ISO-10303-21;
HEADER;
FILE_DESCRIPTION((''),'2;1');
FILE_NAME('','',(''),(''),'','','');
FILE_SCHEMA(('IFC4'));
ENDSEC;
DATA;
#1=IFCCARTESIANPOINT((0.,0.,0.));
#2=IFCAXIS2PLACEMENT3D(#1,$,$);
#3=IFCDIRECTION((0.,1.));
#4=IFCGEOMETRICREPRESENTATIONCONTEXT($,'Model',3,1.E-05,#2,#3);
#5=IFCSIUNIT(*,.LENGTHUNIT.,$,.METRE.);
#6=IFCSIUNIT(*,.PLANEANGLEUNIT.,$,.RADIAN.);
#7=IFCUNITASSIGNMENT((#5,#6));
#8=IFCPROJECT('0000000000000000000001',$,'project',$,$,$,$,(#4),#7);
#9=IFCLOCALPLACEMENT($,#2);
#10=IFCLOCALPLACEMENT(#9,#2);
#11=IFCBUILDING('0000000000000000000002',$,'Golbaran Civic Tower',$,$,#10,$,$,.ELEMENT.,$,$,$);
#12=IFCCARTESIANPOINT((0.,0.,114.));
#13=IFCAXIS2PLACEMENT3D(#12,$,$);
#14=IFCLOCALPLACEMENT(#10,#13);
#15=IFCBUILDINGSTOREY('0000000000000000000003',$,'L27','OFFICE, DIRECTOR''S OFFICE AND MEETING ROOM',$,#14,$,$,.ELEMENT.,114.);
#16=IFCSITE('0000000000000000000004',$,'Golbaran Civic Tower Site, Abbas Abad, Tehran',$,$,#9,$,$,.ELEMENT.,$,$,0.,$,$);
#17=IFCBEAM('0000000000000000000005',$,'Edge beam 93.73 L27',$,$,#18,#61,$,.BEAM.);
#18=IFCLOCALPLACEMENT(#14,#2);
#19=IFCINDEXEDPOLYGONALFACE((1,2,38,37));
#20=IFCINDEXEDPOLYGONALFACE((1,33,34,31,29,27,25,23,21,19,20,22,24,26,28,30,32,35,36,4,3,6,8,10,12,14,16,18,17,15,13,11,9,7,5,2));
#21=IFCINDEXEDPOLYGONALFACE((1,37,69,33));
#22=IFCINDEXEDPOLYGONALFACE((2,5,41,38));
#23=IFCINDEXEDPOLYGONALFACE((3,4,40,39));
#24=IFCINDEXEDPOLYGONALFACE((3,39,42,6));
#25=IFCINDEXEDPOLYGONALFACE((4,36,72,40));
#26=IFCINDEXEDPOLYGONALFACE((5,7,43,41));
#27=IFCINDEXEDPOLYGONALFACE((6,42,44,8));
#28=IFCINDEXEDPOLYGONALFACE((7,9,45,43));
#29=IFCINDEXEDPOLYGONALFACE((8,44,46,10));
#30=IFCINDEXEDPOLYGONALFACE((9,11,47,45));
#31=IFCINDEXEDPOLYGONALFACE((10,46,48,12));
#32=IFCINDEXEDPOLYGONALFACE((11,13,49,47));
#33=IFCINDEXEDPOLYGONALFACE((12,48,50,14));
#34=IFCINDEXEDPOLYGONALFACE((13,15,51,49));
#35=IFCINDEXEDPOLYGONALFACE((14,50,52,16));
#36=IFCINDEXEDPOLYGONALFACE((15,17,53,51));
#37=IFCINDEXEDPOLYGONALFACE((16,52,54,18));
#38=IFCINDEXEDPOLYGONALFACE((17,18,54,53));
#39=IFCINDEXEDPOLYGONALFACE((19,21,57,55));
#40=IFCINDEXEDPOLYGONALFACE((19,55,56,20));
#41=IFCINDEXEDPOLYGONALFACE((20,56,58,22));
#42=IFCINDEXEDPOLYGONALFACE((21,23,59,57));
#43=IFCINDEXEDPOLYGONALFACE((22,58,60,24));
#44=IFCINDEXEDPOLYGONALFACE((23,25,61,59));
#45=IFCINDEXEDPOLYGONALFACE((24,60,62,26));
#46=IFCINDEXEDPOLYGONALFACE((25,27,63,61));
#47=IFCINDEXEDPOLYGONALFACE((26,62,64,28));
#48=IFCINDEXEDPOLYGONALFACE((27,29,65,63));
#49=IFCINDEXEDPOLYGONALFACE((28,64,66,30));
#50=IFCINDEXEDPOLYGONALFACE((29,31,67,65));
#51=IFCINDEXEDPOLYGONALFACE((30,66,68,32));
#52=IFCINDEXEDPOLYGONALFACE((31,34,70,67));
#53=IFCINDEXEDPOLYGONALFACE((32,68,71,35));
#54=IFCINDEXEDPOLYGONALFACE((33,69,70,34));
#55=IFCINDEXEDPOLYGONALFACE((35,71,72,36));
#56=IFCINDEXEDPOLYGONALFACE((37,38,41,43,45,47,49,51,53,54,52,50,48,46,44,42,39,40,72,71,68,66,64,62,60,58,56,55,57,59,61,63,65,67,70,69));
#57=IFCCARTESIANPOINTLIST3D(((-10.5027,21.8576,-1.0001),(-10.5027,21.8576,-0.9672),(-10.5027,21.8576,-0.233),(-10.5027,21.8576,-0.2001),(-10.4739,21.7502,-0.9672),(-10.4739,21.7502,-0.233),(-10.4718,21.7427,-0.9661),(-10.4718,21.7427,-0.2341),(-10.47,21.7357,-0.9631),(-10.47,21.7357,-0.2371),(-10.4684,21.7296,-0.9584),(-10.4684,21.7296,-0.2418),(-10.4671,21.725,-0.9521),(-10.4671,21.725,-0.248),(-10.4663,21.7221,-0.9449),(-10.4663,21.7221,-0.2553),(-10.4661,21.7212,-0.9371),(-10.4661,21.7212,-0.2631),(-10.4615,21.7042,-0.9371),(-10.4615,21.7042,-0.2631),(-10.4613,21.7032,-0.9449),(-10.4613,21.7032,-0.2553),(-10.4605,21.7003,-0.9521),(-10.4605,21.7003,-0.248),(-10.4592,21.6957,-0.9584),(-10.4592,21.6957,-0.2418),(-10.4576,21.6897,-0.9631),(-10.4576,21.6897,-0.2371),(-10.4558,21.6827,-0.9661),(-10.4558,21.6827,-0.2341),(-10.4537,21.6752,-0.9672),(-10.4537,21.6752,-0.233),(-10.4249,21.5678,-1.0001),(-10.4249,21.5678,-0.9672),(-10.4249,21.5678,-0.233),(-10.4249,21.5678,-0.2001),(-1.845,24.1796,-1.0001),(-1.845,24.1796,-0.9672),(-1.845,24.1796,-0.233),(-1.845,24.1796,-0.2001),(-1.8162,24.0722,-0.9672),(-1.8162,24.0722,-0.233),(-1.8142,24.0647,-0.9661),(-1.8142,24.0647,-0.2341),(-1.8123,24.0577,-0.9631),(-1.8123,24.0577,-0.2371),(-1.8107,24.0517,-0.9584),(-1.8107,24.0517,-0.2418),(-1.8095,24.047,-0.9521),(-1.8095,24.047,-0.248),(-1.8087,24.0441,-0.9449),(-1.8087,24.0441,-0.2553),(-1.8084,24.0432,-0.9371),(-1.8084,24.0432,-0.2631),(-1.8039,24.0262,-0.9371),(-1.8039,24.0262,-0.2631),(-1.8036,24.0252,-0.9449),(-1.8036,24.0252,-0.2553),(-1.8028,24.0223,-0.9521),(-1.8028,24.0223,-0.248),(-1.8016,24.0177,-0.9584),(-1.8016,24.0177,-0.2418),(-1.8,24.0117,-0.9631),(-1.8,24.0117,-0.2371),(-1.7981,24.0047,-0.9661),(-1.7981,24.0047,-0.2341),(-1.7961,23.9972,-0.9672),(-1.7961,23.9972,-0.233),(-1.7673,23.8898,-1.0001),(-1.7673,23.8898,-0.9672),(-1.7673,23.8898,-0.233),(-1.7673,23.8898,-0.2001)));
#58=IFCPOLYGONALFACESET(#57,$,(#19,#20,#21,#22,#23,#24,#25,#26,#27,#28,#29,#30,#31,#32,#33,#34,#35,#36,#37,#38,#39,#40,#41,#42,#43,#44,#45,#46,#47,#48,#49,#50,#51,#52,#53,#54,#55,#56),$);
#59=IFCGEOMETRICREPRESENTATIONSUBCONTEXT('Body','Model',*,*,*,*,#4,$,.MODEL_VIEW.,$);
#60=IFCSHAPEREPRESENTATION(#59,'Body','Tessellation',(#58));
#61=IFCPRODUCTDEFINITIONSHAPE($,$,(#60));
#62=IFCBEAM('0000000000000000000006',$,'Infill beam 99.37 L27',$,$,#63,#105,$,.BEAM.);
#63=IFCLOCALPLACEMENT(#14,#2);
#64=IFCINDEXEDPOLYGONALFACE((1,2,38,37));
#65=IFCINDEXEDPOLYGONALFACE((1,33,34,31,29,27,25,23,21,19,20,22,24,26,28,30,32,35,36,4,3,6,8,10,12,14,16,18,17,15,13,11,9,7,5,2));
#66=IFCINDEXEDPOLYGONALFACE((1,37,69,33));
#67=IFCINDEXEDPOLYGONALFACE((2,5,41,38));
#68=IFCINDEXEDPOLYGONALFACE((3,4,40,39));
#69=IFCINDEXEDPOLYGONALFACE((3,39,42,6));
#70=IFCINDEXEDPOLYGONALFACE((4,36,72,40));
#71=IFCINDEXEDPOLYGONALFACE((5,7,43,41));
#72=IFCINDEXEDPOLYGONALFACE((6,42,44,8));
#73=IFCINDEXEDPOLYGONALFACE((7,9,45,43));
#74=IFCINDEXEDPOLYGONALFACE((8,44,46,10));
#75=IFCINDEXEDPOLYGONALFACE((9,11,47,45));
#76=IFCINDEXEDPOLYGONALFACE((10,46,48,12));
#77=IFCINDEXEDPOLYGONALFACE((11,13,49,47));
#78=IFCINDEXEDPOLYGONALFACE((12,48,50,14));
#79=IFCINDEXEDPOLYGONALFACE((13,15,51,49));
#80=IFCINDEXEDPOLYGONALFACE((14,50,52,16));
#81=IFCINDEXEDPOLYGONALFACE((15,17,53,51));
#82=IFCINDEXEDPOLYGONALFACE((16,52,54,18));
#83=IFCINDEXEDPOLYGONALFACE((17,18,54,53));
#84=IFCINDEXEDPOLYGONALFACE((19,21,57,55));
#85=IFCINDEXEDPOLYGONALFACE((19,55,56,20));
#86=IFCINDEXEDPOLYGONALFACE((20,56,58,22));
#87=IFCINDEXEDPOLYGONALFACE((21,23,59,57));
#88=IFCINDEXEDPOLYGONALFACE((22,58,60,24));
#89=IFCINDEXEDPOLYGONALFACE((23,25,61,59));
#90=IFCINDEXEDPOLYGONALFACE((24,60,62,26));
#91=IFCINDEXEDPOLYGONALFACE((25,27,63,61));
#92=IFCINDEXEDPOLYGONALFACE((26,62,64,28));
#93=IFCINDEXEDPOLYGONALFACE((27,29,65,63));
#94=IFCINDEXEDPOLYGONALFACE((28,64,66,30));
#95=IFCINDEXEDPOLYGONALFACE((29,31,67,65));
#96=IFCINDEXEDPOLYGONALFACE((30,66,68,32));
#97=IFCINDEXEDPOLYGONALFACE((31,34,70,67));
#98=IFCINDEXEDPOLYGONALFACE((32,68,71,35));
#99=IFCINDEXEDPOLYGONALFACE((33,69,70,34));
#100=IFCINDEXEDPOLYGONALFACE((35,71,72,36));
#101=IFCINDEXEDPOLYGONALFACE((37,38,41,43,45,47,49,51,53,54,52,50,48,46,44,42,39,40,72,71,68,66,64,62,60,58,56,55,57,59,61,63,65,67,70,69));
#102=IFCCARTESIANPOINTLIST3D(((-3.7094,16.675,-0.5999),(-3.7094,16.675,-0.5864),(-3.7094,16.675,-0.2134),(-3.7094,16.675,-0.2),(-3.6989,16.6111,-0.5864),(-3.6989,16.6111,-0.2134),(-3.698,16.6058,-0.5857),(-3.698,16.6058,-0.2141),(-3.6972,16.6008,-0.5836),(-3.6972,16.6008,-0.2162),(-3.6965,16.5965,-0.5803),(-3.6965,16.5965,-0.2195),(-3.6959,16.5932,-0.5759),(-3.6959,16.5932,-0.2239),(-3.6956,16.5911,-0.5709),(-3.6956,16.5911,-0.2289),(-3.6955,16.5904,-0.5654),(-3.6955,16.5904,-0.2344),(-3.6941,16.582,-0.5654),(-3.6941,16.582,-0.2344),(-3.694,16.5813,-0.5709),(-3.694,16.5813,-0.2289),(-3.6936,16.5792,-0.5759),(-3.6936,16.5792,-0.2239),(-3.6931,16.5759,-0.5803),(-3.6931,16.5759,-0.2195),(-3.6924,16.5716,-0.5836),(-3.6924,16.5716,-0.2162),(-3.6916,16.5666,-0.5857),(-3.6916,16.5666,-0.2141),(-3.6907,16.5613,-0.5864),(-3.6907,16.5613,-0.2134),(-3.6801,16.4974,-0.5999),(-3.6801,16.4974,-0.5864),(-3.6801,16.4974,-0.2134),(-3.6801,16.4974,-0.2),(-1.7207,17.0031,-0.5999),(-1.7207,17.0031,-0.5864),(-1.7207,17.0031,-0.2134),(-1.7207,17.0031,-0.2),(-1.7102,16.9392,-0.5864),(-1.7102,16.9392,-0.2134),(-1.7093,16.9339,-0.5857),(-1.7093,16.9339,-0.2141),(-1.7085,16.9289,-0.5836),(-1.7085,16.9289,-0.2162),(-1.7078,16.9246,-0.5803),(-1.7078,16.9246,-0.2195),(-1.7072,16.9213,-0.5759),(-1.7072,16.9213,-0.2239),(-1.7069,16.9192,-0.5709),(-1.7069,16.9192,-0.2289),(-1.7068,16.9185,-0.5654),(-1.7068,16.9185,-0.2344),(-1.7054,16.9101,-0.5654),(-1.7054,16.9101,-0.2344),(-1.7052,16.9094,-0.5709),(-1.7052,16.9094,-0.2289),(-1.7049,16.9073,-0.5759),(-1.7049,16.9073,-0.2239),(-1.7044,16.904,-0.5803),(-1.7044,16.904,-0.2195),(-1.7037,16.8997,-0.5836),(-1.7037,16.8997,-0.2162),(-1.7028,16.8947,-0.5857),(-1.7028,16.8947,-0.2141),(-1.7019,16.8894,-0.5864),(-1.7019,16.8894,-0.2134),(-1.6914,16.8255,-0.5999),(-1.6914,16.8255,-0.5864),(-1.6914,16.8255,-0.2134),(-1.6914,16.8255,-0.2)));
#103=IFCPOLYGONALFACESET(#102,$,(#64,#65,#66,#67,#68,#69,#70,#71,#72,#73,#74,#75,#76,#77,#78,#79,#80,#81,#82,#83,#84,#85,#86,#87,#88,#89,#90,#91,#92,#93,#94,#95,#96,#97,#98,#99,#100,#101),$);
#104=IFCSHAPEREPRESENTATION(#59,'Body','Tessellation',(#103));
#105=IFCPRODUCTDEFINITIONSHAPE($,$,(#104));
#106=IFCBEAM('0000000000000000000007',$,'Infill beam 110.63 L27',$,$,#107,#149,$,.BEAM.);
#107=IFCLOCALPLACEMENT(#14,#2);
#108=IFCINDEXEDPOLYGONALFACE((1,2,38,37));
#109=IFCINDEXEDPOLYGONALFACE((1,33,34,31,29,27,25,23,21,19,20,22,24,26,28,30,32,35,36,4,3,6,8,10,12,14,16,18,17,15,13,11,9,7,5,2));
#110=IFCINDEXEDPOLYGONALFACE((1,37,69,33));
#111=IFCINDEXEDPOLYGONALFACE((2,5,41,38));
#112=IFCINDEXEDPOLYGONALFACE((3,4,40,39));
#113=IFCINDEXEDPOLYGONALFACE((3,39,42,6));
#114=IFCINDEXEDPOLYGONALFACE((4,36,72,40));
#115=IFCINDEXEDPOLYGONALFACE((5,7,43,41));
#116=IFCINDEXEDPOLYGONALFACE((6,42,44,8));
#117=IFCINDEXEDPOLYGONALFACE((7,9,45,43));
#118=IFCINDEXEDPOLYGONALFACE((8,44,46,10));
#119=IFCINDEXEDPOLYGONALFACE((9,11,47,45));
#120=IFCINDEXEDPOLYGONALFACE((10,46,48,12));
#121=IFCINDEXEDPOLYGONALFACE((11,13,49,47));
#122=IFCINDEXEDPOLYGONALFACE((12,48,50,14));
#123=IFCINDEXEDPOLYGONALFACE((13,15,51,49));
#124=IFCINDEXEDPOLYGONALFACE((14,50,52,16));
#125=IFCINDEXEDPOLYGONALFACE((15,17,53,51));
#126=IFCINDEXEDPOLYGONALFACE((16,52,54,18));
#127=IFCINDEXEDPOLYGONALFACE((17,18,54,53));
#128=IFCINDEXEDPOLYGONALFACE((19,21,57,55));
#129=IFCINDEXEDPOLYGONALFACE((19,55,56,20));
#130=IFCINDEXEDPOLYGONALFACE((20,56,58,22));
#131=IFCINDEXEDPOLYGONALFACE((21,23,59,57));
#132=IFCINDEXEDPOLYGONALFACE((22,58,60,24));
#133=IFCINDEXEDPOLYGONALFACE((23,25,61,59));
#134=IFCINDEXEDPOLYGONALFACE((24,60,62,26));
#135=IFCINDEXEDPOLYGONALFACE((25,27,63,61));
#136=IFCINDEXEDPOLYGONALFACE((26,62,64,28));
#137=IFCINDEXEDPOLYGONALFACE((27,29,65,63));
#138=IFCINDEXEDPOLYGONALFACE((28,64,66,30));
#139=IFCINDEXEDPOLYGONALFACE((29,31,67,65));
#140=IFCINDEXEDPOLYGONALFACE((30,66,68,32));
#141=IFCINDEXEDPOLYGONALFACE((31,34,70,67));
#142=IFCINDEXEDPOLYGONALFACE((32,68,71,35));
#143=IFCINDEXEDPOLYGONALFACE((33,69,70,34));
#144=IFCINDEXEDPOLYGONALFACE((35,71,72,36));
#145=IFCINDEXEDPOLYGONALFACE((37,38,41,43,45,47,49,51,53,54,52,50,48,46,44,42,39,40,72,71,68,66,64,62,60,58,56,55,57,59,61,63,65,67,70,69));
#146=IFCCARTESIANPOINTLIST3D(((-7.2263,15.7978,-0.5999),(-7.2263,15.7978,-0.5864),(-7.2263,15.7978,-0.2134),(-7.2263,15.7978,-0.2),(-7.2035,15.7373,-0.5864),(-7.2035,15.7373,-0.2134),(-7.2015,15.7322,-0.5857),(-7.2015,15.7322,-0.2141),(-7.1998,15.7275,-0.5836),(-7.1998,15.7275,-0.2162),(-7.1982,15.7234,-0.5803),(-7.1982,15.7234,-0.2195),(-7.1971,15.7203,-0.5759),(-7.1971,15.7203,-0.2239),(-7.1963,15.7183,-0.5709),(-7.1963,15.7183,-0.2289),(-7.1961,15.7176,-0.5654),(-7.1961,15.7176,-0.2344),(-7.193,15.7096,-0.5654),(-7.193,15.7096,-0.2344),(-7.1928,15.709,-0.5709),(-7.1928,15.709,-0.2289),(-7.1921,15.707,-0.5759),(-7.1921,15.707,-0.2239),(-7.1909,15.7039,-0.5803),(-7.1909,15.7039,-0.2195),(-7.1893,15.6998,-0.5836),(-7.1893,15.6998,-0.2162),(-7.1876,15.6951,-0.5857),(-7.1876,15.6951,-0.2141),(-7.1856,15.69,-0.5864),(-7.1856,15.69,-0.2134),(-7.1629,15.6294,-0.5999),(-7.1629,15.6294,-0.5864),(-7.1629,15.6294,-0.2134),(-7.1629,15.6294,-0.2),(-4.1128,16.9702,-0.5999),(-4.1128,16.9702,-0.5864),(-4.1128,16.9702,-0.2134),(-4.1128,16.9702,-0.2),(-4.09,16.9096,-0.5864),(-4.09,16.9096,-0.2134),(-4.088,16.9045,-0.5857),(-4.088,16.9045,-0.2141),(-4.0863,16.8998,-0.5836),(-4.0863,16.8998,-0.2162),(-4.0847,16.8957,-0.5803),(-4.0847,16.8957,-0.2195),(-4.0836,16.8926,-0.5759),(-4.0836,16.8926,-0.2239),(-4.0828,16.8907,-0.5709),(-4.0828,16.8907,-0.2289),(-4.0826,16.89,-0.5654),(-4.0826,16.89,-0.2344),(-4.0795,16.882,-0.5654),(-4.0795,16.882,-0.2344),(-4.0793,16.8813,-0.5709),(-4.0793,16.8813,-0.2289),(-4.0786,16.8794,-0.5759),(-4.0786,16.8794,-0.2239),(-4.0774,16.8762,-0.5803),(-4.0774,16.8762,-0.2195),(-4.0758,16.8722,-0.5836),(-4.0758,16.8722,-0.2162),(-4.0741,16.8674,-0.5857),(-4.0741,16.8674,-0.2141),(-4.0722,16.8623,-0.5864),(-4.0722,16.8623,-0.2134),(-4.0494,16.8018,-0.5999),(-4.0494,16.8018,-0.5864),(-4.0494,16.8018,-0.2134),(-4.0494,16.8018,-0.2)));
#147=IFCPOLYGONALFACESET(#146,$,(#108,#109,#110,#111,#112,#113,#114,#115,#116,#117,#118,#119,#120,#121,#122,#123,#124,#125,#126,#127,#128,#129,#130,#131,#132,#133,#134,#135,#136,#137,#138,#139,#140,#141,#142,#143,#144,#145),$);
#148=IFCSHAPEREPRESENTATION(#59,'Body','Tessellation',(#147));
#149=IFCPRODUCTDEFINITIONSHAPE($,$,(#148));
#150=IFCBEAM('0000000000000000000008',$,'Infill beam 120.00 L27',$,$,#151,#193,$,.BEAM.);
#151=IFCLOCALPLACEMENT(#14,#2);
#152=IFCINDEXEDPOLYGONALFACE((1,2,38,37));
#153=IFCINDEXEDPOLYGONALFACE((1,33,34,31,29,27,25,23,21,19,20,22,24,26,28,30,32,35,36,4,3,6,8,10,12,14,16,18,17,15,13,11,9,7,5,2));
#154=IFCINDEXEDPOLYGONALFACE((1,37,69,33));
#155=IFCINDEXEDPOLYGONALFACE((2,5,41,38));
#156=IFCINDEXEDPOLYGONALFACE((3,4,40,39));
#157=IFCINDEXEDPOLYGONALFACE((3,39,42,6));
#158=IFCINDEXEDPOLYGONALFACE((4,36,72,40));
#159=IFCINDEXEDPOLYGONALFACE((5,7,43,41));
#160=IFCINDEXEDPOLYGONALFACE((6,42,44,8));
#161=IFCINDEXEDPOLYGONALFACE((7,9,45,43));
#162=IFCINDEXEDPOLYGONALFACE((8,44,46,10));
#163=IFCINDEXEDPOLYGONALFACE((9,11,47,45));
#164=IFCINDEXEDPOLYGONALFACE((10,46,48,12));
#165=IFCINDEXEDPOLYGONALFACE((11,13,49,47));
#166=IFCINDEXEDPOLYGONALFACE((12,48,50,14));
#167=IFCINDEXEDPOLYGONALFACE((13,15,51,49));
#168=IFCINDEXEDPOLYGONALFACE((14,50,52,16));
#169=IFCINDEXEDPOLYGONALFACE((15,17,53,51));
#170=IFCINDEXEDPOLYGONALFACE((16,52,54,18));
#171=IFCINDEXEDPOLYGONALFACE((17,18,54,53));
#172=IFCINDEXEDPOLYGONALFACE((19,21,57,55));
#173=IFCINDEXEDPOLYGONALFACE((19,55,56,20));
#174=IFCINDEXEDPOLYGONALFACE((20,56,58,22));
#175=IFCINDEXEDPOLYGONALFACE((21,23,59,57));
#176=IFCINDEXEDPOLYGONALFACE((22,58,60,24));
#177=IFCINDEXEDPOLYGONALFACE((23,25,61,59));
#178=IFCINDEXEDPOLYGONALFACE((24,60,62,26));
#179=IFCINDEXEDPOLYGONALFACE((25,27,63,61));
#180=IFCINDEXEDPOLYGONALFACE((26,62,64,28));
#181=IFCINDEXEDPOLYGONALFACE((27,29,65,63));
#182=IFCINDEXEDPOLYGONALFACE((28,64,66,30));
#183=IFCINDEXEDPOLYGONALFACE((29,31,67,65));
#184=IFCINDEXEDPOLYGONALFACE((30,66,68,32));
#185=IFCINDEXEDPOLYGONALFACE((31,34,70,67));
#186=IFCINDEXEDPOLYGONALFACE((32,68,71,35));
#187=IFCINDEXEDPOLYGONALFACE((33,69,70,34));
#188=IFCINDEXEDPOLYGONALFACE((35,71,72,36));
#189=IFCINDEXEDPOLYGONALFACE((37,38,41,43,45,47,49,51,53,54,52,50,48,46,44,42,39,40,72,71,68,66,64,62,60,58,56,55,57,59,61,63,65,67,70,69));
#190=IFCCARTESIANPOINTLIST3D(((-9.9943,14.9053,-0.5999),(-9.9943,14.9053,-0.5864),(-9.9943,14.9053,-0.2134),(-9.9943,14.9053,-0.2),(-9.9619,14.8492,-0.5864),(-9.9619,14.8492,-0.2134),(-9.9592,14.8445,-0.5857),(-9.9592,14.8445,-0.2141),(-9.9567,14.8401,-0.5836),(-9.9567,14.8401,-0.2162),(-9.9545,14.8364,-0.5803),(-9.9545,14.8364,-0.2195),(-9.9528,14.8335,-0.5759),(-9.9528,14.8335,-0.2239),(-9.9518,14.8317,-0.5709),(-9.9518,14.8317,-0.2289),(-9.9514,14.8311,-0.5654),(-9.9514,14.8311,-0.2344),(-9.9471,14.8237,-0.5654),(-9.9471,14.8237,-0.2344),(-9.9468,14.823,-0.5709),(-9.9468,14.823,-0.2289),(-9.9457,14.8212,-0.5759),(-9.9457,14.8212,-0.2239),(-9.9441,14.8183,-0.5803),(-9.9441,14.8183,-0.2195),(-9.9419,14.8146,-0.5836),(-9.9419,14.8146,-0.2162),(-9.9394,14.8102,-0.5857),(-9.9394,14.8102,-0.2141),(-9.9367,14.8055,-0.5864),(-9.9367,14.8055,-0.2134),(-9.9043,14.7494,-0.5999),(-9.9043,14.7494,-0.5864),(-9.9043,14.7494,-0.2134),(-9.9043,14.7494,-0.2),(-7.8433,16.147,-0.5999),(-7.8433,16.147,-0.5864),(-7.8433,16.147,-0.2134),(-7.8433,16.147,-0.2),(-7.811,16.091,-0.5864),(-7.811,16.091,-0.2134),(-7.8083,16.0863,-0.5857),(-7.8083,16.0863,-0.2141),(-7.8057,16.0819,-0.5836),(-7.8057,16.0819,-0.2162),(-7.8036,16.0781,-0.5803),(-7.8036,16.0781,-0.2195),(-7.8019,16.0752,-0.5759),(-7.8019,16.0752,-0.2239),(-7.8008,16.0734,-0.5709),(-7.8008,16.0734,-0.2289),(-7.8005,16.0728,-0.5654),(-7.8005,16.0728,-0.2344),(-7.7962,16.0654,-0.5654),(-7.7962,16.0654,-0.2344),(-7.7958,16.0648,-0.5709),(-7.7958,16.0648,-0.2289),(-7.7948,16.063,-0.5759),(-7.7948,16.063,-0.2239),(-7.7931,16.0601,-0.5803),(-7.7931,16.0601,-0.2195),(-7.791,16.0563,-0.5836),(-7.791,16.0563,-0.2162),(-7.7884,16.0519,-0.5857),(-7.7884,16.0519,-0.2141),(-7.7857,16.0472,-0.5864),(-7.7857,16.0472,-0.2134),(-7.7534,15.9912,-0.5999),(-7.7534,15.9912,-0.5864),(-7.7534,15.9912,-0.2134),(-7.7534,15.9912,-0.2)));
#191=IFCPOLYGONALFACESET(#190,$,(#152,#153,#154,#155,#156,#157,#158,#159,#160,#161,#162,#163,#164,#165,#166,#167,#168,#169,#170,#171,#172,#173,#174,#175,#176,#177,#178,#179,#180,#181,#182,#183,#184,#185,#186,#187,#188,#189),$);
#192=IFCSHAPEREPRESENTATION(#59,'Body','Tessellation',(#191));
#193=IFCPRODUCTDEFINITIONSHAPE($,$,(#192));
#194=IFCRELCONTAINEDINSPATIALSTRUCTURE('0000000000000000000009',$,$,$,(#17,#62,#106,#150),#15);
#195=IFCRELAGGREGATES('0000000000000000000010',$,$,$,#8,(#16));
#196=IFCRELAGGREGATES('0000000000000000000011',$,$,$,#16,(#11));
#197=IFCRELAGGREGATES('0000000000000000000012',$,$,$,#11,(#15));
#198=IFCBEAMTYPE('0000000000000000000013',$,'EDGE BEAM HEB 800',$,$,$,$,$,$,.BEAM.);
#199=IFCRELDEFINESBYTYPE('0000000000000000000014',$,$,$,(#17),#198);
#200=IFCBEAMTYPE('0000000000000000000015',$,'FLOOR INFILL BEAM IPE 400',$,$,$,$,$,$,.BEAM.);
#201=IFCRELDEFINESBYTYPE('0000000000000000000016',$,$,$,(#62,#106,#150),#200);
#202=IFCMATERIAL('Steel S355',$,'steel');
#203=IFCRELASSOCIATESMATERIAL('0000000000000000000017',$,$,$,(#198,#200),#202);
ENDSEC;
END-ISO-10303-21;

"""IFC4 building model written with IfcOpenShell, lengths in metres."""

from ifc_helpers import new_model, si_unit, direction, frame, origin, origin_2d, place, context, subcontext, project, spatial, i_section, extrude, material, material_profile, profile_set, type_object, element, save


model = new_model("IFC4")

# Units and contexts
model_context = context("Model", 3, precision=1e-05, world=origin(), true_north=direction((0.0, 1.0)))
body_context = subcontext(model_context, "Body", "Model", "MODEL_VIEW")
ifc_project = project(units=[si_unit("LENGTHUNIT", "METRE"), si_unit("PLANEANGLEUNIT", "RADIAN")], contexts=[model_context])

# Site, building, storey
site_placement = place(None, origin())
site = spatial("IfcSite", under=ifc_project, at=site_placement, Name="Golbaran Civic Tower Site, Abbas Abad, Tehran", CompositionType="ELEMENT", RefElevation=0.0)
building_placement = place(site_placement, origin())
building = spatial("IfcBuilding", under=site, at=building_placement, Name="Golbaran Civic Tower", CompositionType="ELEMENT")
storey_placement = place(building_placement, frame((0.0, 0.0, 114.0)))
storey = spatial("IfcBuildingStorey", under=building, at=storey_placement, Name="L27", Description="OFFICE, DIRECTOR'S OFFICE AND MEETING ROOM", CompositionType="ELEMENT", Elevation=114.0)

# Beams
ifc_material_1 = material(Name="Steel S355", Category="steel")
ifc_material_profile_1 = material_profile(ifc_material_1, i_section(OverallWidth=0.3, OverallDepth=0.8, WebThickness=0.0176, FlangeThickness=0.033, FilletRadius=0.03, at=origin_2d()), Name="HEB 800")
ifc_profile_set_1 = profile_set([ifc_material_profile_1], Name="Steel S355")
beam_type_1 = type_object("IfcBeamType", Name="EDGE BEAM HEB 800", PredefinedType="BEAM", material=ifc_profile_set_1)
beam_1_placement = place(storey_placement, frame((-1.8062, 24.0347, -0.6001), z_axis=(-0.965865, -0.259047, 0.0), x_axis=(0.259047, -0.965865, 0.0)))
element("IfcBeam", 1, at=beam_1_placement, inside=storey, type_object=beam_type_1, Name="Edge beam 93.73 L27", PredefinedType="BEAM", context=body_context, shape_type="SweptSolid", body=[
    extrude(i_section(OverallWidth=0.3, OverallDepth=0.8, WebThickness=0.0176, FlangeThickness=0.033, FilletRadius=0.03, at=origin_2d()), origin(), (0.0, 0.0, 1.0), 8.9636),
])
ifc_material_profile_2 = material_profile(ifc_material_1, i_section(OverallWidth=0.1799, OverallDepth=0.3999, WebThickness=0.0085, FlangeThickness=0.0134, FilletRadius=0.021, at=origin_2d()), Name="IPE 400")
ifc_profile_set_2 = profile_set([ifc_material_profile_2], Name="Steel S355")
beam_type_2 = type_object("IfcBeamType", Name="FLOOR INFILL BEAM IPE 400", PredefinedType="BEAM", material=ifc_profile_set_2)
beam_2_placement = place(storey_placement, frame((-1.7061, 16.9143, -0.3999), z_axis=(-0.986661, -0.162788, 0.0), x_axis=(0.162788, -0.986661, 0.0)))
element("IfcBeam", 2, at=beam_2_placement, inside=storey, type_object=beam_type_2, Name="Infill beam 99.37 L27", PredefinedType="BEAM", context=body_context, shape_type="SweptSolid", body=[
    extrude(i_section(OverallWidth=0.1799, OverallDepth=0.3999, WebThickness=0.0085, FlangeThickness=0.0134, FilletRadius=0.021, at=origin_2d()), origin(), (0.0, 0.0, 1.0), 2.0156),
])
beam_3_placement = place(storey_placement, frame((-4.0811, 16.886, -0.3999), z_axis=(-0.935855, -0.352386, 0.0), x_axis=(0.352386, -0.935855, 0.0)))
element("IfcBeam", 3, at=beam_3_placement, inside=storey, type_object=beam_type_2, Name="Infill beam 110.63 L27", PredefinedType="BEAM", context=body_context, shape_type="SweptSolid", body=[
    extrude(i_section(OverallWidth=0.1799, OverallDepth=0.3999, WebThickness=0.0085, FlangeThickness=0.0134, FilletRadius=0.021, at=origin_2d()), origin(), (0.0, 0.0, 1.0), 3.3269),
])
beam_4_placement = place(storey_placement, frame((-7.7983, 16.0691, -0.3999), z_axis=(-0.866045, -0.499966, 0.0), x_axis=(0.499966, -0.866045, 0.0)))
element("IfcBeam", 4, at=beam_4_placement, inside=storey, type_object=beam_type_2, Name="Infill beam 120.00 L27", PredefinedType="BEAM", context=body_context, shape_type="SweptSolid", body=[
    extrude(i_section(OverallWidth=0.1799, OverallDepth=0.3999, WebThickness=0.0085, FlangeThickness=0.0134, FilletRadius=0.021, at=origin_2d()), origin(), (0.0, 0.0, 1.0), 2.4836),
])

save(model, "model.ifc")
